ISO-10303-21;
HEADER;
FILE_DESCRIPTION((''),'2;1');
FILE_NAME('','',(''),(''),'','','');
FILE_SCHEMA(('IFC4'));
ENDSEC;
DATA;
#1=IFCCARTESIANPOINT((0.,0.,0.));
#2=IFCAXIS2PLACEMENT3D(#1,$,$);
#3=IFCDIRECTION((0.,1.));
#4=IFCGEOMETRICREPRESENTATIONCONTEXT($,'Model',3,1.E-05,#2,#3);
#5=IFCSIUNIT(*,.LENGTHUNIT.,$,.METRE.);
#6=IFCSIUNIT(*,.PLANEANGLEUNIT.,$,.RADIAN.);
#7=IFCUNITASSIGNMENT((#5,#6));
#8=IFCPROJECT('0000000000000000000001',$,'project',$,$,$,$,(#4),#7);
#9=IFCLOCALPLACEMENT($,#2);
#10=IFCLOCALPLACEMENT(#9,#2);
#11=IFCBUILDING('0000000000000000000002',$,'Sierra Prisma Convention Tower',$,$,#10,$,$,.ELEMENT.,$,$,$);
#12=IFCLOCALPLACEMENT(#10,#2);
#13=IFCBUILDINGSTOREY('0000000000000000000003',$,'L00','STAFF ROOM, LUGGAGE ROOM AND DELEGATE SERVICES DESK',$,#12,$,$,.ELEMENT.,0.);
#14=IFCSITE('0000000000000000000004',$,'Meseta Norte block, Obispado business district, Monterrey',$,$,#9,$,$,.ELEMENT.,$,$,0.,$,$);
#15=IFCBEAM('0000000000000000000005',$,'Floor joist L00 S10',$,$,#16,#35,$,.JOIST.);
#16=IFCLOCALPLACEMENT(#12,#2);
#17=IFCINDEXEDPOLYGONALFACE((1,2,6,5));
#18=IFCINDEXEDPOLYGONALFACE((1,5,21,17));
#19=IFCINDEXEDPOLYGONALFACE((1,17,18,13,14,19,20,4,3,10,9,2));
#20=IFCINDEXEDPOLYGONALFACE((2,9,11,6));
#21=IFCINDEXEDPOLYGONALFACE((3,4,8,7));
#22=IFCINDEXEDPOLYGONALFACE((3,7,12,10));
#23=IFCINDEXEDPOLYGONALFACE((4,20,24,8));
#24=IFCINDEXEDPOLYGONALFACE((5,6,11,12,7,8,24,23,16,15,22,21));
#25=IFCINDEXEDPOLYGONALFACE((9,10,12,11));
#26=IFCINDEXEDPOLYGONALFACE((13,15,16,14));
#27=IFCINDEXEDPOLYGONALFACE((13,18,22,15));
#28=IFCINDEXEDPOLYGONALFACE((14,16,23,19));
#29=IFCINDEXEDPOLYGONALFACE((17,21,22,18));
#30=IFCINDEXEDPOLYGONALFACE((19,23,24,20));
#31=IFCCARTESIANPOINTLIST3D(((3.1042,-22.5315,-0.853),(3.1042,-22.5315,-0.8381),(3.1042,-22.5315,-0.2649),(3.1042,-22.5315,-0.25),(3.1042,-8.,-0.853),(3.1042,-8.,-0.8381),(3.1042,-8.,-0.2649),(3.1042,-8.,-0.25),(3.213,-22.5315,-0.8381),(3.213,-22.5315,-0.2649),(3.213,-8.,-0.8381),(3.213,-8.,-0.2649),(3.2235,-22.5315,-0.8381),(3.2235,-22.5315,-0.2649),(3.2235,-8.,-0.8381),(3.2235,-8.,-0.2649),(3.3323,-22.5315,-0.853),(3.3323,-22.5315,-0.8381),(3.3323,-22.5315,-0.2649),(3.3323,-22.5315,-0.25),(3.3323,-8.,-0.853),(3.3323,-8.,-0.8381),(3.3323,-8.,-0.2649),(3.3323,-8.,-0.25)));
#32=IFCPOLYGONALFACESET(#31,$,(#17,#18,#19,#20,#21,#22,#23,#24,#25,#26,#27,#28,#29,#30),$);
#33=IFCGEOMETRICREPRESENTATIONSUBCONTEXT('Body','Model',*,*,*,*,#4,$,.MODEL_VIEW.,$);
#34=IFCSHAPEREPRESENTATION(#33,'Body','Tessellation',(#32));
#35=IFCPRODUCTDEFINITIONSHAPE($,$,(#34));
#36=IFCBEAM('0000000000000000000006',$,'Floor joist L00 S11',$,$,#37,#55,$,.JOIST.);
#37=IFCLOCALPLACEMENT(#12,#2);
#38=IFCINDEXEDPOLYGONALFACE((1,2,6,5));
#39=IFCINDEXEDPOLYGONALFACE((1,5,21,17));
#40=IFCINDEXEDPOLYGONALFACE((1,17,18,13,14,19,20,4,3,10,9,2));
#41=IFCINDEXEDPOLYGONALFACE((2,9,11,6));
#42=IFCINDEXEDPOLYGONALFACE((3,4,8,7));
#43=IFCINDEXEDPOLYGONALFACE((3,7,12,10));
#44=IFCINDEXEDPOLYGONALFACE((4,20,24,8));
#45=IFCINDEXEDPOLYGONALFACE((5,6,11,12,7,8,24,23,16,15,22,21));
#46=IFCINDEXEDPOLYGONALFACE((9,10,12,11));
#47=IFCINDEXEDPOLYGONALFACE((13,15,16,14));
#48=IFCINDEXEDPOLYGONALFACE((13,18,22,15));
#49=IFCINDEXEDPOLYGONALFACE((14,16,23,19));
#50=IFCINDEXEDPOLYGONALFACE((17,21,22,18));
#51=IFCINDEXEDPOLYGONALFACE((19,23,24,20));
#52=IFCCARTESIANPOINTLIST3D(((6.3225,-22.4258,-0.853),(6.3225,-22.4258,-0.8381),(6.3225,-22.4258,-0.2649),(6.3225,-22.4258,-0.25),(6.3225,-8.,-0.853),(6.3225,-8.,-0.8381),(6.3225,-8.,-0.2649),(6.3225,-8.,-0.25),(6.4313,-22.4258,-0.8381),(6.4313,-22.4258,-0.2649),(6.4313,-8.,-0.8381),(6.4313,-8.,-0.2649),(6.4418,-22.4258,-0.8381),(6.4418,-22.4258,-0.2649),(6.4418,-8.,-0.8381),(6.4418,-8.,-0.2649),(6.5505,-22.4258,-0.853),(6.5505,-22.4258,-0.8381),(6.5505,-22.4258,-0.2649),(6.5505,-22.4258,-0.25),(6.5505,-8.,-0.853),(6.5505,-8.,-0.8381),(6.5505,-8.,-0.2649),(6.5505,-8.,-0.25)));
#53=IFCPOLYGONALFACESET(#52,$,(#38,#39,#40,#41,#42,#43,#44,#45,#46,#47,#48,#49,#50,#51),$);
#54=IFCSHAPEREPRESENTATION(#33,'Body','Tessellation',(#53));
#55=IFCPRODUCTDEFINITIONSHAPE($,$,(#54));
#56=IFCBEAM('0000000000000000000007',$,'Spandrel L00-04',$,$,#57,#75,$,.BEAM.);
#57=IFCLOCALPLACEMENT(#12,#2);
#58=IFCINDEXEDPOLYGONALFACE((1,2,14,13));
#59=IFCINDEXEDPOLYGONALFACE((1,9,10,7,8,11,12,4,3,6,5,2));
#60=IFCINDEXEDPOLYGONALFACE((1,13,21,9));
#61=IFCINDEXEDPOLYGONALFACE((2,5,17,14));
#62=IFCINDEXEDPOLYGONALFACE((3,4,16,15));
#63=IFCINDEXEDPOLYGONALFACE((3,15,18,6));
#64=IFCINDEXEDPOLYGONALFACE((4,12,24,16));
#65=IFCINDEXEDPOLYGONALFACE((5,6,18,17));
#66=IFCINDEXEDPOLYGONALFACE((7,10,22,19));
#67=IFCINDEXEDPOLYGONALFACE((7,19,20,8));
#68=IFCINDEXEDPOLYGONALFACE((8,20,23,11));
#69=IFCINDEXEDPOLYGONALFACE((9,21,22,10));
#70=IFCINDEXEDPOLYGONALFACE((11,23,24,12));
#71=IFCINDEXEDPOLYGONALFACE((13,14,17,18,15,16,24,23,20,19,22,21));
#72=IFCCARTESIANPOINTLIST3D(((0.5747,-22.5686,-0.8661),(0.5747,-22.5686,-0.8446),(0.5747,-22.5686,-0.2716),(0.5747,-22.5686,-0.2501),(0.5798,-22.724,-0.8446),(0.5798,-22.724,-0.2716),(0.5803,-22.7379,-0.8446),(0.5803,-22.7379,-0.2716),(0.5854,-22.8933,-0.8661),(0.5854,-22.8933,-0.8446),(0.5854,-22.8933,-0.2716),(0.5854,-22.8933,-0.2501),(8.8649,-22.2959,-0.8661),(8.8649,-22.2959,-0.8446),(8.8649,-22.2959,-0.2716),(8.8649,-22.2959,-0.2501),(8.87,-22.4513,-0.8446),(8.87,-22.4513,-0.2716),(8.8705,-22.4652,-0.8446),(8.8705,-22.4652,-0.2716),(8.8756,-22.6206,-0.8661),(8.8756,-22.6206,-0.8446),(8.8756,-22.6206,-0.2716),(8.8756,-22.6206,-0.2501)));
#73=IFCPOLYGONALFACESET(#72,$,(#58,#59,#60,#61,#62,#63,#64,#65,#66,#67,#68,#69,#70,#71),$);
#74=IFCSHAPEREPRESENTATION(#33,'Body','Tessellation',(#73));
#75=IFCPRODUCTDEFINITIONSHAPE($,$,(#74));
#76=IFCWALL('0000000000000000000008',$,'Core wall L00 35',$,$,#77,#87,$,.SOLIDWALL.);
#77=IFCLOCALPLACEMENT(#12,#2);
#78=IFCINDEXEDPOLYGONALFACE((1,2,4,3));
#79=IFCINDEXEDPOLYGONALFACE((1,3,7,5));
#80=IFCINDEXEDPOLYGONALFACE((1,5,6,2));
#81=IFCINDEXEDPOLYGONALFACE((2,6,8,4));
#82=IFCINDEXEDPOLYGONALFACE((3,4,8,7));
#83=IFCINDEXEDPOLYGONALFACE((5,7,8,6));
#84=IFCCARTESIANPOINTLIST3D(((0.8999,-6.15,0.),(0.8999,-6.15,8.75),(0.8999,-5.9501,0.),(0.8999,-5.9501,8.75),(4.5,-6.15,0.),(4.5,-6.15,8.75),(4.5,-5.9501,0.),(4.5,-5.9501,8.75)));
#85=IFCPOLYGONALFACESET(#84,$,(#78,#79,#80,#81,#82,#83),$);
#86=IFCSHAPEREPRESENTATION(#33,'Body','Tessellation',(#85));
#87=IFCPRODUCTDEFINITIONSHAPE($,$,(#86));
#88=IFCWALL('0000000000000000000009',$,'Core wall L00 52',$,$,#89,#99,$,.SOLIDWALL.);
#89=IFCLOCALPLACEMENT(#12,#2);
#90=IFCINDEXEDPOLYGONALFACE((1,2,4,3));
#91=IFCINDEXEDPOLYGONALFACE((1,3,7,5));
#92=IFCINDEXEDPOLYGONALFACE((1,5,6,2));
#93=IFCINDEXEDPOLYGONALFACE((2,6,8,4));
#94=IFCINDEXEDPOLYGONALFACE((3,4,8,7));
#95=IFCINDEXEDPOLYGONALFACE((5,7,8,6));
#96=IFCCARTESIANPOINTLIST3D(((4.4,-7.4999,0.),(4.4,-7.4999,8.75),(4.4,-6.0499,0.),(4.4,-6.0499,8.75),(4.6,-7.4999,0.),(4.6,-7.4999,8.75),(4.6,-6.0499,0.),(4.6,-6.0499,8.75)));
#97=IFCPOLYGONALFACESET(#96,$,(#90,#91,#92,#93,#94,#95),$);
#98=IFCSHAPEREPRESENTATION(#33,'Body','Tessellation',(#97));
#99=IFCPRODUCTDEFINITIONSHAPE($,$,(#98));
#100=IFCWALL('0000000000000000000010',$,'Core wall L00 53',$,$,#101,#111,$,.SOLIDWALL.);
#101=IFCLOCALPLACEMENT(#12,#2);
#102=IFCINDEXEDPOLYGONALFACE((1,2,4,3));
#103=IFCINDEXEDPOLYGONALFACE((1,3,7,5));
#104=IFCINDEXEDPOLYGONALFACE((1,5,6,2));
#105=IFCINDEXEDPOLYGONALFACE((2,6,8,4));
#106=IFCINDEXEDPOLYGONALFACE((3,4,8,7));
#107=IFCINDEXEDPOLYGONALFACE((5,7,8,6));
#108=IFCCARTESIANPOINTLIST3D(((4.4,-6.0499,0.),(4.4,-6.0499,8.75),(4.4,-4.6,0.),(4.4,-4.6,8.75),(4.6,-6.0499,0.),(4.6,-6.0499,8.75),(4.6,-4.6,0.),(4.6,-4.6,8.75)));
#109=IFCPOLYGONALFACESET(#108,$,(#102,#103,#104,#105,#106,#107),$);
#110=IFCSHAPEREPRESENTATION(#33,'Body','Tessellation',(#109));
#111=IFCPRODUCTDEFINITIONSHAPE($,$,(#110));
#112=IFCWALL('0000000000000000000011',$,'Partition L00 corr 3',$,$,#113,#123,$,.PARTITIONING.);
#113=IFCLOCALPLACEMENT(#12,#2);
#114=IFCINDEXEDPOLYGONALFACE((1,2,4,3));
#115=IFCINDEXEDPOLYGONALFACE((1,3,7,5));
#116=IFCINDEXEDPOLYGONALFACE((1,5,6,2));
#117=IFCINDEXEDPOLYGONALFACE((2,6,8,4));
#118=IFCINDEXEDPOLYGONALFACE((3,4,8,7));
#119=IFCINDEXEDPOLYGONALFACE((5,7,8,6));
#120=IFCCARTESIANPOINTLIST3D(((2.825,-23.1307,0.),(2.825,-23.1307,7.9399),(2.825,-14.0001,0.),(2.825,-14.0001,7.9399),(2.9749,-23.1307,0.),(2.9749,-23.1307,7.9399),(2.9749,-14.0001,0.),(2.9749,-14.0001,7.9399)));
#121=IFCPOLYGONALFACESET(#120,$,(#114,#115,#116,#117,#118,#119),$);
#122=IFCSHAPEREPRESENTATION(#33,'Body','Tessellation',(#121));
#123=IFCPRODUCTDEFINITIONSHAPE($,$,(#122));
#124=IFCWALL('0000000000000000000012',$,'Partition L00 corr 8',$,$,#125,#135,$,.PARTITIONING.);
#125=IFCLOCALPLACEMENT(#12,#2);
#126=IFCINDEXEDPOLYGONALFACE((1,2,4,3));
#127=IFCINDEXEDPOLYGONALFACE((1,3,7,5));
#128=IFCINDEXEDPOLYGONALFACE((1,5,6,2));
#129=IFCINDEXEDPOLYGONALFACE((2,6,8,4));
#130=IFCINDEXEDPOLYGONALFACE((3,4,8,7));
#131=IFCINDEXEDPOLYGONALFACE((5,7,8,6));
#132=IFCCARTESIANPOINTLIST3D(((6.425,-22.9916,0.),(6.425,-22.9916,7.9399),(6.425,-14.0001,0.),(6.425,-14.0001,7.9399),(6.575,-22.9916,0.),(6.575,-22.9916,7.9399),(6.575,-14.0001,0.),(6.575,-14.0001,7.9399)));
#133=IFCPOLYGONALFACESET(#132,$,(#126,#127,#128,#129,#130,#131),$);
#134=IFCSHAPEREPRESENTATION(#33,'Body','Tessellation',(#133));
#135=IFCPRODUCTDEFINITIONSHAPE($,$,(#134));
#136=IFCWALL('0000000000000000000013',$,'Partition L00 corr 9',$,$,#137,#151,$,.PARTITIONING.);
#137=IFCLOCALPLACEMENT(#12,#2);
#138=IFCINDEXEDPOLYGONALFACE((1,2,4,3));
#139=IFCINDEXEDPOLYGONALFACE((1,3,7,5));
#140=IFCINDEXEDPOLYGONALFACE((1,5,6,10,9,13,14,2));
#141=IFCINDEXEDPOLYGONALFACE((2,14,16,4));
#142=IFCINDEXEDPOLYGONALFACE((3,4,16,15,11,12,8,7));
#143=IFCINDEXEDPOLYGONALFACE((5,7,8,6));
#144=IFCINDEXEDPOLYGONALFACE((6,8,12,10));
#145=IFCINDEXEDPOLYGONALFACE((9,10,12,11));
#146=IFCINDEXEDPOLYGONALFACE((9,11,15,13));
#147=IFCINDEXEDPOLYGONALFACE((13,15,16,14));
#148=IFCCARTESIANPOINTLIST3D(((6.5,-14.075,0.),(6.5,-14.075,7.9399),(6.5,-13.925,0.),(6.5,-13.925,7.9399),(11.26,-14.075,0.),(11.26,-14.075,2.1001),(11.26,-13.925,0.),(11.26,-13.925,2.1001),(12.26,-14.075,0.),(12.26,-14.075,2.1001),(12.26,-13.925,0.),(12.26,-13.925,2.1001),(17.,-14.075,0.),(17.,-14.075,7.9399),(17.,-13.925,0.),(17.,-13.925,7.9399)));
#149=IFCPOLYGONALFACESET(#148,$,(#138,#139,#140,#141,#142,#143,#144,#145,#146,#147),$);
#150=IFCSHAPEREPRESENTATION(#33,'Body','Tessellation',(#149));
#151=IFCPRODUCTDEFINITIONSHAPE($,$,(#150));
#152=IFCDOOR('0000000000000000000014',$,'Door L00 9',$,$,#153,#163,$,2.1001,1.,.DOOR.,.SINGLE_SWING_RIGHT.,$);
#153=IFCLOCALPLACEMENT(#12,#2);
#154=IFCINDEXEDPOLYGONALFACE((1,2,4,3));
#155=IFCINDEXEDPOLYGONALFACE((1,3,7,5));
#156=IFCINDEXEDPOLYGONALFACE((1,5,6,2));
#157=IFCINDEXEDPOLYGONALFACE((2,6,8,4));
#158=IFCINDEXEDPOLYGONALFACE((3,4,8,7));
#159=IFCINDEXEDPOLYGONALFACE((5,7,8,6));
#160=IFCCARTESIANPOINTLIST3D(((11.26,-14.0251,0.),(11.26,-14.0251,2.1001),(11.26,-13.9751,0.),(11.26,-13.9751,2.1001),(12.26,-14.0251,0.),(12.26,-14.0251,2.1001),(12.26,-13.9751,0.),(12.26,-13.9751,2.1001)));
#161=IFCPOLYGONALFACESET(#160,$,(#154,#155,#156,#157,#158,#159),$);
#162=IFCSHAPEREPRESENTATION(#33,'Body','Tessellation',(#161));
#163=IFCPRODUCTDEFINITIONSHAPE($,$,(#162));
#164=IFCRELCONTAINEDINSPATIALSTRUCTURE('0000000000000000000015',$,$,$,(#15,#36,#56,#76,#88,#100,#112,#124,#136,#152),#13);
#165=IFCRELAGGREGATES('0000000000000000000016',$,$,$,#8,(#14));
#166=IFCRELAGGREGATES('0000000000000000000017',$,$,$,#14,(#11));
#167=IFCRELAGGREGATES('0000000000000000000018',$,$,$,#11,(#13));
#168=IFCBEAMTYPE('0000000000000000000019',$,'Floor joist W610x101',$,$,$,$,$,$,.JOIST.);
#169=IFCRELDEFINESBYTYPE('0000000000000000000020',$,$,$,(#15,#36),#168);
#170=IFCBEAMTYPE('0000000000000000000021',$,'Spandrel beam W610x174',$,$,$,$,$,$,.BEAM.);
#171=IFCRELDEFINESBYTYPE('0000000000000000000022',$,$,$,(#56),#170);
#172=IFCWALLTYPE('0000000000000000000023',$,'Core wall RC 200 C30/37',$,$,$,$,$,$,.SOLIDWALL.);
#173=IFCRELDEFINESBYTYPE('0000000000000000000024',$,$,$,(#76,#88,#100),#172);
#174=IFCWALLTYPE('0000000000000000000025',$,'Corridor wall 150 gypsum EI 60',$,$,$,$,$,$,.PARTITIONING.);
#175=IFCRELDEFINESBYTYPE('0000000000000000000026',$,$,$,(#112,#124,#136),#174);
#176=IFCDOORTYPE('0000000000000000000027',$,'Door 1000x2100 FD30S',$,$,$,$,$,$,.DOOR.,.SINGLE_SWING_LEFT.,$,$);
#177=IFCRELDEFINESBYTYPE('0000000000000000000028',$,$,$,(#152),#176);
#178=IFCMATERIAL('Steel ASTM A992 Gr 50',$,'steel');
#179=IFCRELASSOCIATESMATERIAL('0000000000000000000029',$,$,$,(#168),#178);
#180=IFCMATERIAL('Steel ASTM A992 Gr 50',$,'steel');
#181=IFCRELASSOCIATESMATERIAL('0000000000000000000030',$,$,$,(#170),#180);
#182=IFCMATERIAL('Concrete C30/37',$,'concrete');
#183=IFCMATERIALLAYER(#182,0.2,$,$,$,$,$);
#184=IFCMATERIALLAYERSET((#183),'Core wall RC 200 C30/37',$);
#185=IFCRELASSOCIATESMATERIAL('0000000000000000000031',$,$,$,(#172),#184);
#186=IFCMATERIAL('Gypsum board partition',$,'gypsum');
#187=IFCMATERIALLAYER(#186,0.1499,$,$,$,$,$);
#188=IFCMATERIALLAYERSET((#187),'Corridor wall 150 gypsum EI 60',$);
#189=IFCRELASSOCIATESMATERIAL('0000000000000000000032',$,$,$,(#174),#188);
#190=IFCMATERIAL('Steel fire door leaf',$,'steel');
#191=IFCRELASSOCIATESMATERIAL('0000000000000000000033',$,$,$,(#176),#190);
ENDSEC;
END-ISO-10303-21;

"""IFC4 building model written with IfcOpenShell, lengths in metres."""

from ifc_helpers import new_model, si_unit, direction, frame, frame_2d, origin, origin_2d, place, context, subcontext, project, spatial, rectangle, i_section, extrude, material, layer, layer_set, material_profile, profile_set, type_object, element, fill, save


model = new_model("IFC4")

# Units and contexts
model_context = context("Model", 3, precision=1e-05, world=origin(), true_north=direction((0.0, 1.0)))
body_context = subcontext(model_context, "Body", "Model", "MODEL_VIEW")
ifc_project = project(units=[si_unit("LENGTHUNIT", "METRE"), si_unit("PLANEANGLEUNIT", "RADIAN")], contexts=[model_context])

# Site, building, storey
site_placement = place(None, origin())
site = spatial("IfcSite", under=ifc_project, at=site_placement, Name="Meseta Norte block, Obispado business district, Monterrey", CompositionType="ELEMENT", RefElevation=0.0)
building_placement = place(site_placement, origin())
building = spatial("IfcBuilding", under=site, at=building_placement, Name="Sierra Prisma Convention Tower", CompositionType="ELEMENT")
storey_placement = place(building_placement, origin())
storey = spatial("IfcBuildingStorey", under=building, at=storey_placement, Name="L00", Description="STAFF ROOM, LUGGAGE ROOM AND DELEGATE SERVICES DESK", CompositionType="ELEMENT", Elevation=0.0)

# Beams
ifc_material_1 = material(Name="Steel ASTM A992 Gr 50", Category="steel")
ifc_material_profile_1 = material_profile(ifc_material_1, i_section(OverallWidth=0.228, OverallDepth=0.603, WebThickness=0.0105, FlangeThickness=0.0149, at=origin_2d()), Name="W610x101")
ifc_profile_set_1 = profile_set([ifc_material_profile_1], Name="Steel ASTM A992 Gr 50")
beam_type_1 = type_object("IfcBeamType", Name="Floor joist W610x101", PredefinedType="JOIST", material=ifc_profile_set_1)
beam_1_placement = place(storey_placement, frame((3.2183, -22.5315, -0.5515), z_axis=(0.0, 1.0, 0.0), x_axis=(-1.0, 0.0, 0.0)))
element("IfcBeam", 1, at=beam_1_placement, inside=storey, type_object=beam_type_1, Name="Floor joist L00 S10", PredefinedType="JOIST", context=body_context, shape_type="SweptSolid", body=[
    extrude(i_section(OverallWidth=0.228, OverallDepth=0.603, WebThickness=0.0105, FlangeThickness=0.0149, at=origin_2d()), origin(), (0.0, 0.0, 1.0), 14.5315),
])
beam_2_placement = place(storey_placement, frame((6.4365, -22.4258, -0.5515), z_axis=(0.0, 1.0, 0.0), x_axis=(-1.0, 0.0, 0.0)))
element("IfcBeam", 2, at=beam_2_placement, inside=storey, type_object=beam_type_1, Name="Floor joist L00 S11", PredefinedType="JOIST", context=body_context, shape_type="SweptSolid", body=[
    extrude(i_section(OverallWidth=0.228, OverallDepth=0.603, WebThickness=0.0105, FlangeThickness=0.0149, at=origin_2d()), origin(), (0.0, 0.0, 1.0), 14.4258),
])
ifc_material_2 = material(Name="Steel ASTM A992 Gr 50", Category="steel")
ifc_material_profile_2 = material_profile(ifc_material_2, i_section(OverallWidth=0.325, OverallDepth=0.616, WebThickness=0.0139, FlangeThickness=0.0215, at=origin_2d()), Name="W610x174")
ifc_profile_set_2 = profile_set([ifc_material_profile_2], Name="Steel ASTM A992 Gr 50")
beam_type_2 = type_object("IfcBeamType", Name="Spandrel beam W610x174", PredefinedType="BEAM", material=ifc_profile_set_2)
beam_3_placement = place(storey_placement, frame((0.5801, -22.731, -0.5581), z_axis=(0.999459, 0.032877, 0.0), x_axis=(-0.032877, 0.999459, 0.0)))
element("IfcBeam", 3, at=beam_3_placement, inside=storey, type_object=beam_type_2, Name="Spandrel L00-04", PredefinedType="BEAM", context=body_context, shape_type="SweptSolid", body=[
    extrude(i_section(OverallWidth=0.325, OverallDepth=0.616, WebThickness=0.0139, FlangeThickness=0.0215, at=origin_2d()), origin(), (0.0, 0.0, 1.0), 8.2947),
])

# Shared definitions
ifc_material_3 = material(Name="Concrete C30/37", Category="concrete")
ifc_layer_1 = layer(ifc_material_3, 0.2)
ifc_layer_set_1 = layer_set([ifc_layer_1], Name="Core wall RC 200 C30/37")
wall_type_1 = type_object("IfcWallType", Name="Core wall RC 200 C30/37", PredefinedType="SOLIDWALL", material=ifc_layer_set_1)

# Walls
wall_1_placement = place(storey_placement, frame((4.5, -6.05, 0.0), z_axis=(0.0, 0.0, 1.0), x_axis=(-1.0, 0.0, 0.0)))
element("IfcWall", 4, at=wall_1_placement, inside=storey, type_object=wall_type_1, Name="Core wall L00 35", PredefinedType="SOLIDWALL", context=body_context, shape_type="SweptSolid", body=[
    extrude(rectangle(XDim=3.6001, YDim=0.2, at=frame_2d((1.8, 0.0))), origin(), (0.0, 0.0, 1.0), 8.75),
])
for number, where, z_axis, x_axis, name in (
    (5, (4.5, -7.5, 0.0), (0.0, 0.0, 1.0), (0.0, 1.0, 0.0), "Core wall L00 52"),
    (6, (4.5, -6.05, 0.0), (0.0, 0.0, 1.0), (0.0, 1.0, 0.0), "Core wall L00 53"),
):
    element("IfcWall", number, at=place(storey_placement, frame(where, z_axis=z_axis, x_axis=x_axis)), inside=storey, type_object=wall_type_1, Name=name, PredefinedType="SOLIDWALL", context=body_context, shape_type="SweptSolid", body=[
        extrude(rectangle(XDim=1.45, YDim=0.2, at=frame_2d((0.7251, 0.0))), origin(), (0.0, 0.0, 1.0), 8.75),
    ])
ifc_material_4 = material(Name="Gypsum board partition", Category="gypsum")
ifc_layer_2 = layer(ifc_material_4, 0.1499)
ifc_layer_set_2 = layer_set([ifc_layer_2], Name="Corridor wall 150 gypsum EI 60")
wall_type_2 = type_object("IfcWallType", Name="Corridor wall 150 gypsum EI 60", PredefinedType="PARTITIONING", material=ifc_layer_set_2)
wall_2_placement = place(storey_placement, frame((2.8999, -14.0, 0.0), z_axis=(0.0, 0.0, 1.0), x_axis=(0.0, -1.0, 0.0)))
element("IfcWall", 7, at=wall_2_placement, inside=storey, type_object=wall_type_2, Name="Partition L00 corr 3", PredefinedType="PARTITIONING", context=body_context, shape_type="SweptSolid", body=[
    extrude(rectangle(XDim=9.1306, YDim=0.1499, at=frame_2d((4.5654, 0.0))), origin(), (0.0, 0.0, 1.0), 7.9399),
])

# Wall
wall_3_placement = place(storey_placement, frame((6.5, -22.9915, 0.0), z_axis=(0.0, 0.0, 1.0), x_axis=(0.0, 1.0, 0.0)))
element("IfcWall", 8, at=wall_3_placement, inside=storey, type_object=wall_type_2, Name="Partition L00 corr 8", PredefinedType="PARTITIONING", context=body_context, shape_type="SweptSolid", body=[
    extrude(rectangle(XDim=8.9915, YDim=0.1499, at=frame_2d((4.4956, 0.0))), origin(), (0.0, 0.0, 1.0), 7.9399),
])

# Wall, opening, door
wall_4_placement = place(storey_placement, frame((6.5, -14.0, 0.0), z_axis=(0.0, 0.0, 1.0), x_axis=(1.0, 0.0, 0.0)))
wall_4 = element("IfcWall", 9, at=wall_4_placement, inside=storey, type_object=wall_type_2, Name="Partition L00 corr 9", PredefinedType="PARTITIONING", context=body_context, shape_type="SweptSolid", body=[
    extrude(rectangle(XDim=10.5, YDim=0.1499, at=frame_2d((5.25, 0.0))), origin(), (0.0, 0.0, 1.0), 7.9399),
])
opening_1_placement = place(wall_4_placement, frame((4.76, 0.0, 0.0)))
opening_1 = element("IfcOpeningElement", 10, at=opening_1_placement, cuts=wall_4, PredefinedType="OPENING", context=body_context, shape_type="SweptSolid", body=[
    extrude(rectangle(XDim=1.0, YDim=2.1001, at=frame_2d((0.5, 1.05))), frame((0.0, 0.075, 0.0), z_axis=(0.0, -1.0, 0.0), x_axis=(1.0, 0.0, 0.0)), (0.0, 0.0, 1.0), 0.1499),
])
ifc_material_5 = material(Name="Steel fire door leaf", Category="steel")
door_type_1 = type_object("IfcDoorType", Name="Door 1000x2100 FD30S", OperationType="SINGLE_SWING_LEFT", PredefinedType="DOOR", material=ifc_material_5)
door_1_placement = place(opening_1_placement, origin())
door_1 = element("IfcDoor", 11, at=door_1_placement, inside=storey, type_object=door_type_1, Name="Door L00 9", OperationType="SINGLE_SWING_RIGHT", OverallHeight=2.1001, OverallWidth=1.0, PredefinedType="DOOR", context=body_context, shape_type="SweptSolid", body=[
    extrude(rectangle(XDim=1.0, YDim=2.1001, at=frame_2d((0.5, 1.05))), frame((0.0, 0.0249, 0.0), z_axis=(0.0, -1.0, 0.0), x_axis=(1.0, 0.0, 0.0)), (0.0, 0.0, 1.0), 0.05),
])
fill(opening_1, door_1)

save(model, "model.ifc")
